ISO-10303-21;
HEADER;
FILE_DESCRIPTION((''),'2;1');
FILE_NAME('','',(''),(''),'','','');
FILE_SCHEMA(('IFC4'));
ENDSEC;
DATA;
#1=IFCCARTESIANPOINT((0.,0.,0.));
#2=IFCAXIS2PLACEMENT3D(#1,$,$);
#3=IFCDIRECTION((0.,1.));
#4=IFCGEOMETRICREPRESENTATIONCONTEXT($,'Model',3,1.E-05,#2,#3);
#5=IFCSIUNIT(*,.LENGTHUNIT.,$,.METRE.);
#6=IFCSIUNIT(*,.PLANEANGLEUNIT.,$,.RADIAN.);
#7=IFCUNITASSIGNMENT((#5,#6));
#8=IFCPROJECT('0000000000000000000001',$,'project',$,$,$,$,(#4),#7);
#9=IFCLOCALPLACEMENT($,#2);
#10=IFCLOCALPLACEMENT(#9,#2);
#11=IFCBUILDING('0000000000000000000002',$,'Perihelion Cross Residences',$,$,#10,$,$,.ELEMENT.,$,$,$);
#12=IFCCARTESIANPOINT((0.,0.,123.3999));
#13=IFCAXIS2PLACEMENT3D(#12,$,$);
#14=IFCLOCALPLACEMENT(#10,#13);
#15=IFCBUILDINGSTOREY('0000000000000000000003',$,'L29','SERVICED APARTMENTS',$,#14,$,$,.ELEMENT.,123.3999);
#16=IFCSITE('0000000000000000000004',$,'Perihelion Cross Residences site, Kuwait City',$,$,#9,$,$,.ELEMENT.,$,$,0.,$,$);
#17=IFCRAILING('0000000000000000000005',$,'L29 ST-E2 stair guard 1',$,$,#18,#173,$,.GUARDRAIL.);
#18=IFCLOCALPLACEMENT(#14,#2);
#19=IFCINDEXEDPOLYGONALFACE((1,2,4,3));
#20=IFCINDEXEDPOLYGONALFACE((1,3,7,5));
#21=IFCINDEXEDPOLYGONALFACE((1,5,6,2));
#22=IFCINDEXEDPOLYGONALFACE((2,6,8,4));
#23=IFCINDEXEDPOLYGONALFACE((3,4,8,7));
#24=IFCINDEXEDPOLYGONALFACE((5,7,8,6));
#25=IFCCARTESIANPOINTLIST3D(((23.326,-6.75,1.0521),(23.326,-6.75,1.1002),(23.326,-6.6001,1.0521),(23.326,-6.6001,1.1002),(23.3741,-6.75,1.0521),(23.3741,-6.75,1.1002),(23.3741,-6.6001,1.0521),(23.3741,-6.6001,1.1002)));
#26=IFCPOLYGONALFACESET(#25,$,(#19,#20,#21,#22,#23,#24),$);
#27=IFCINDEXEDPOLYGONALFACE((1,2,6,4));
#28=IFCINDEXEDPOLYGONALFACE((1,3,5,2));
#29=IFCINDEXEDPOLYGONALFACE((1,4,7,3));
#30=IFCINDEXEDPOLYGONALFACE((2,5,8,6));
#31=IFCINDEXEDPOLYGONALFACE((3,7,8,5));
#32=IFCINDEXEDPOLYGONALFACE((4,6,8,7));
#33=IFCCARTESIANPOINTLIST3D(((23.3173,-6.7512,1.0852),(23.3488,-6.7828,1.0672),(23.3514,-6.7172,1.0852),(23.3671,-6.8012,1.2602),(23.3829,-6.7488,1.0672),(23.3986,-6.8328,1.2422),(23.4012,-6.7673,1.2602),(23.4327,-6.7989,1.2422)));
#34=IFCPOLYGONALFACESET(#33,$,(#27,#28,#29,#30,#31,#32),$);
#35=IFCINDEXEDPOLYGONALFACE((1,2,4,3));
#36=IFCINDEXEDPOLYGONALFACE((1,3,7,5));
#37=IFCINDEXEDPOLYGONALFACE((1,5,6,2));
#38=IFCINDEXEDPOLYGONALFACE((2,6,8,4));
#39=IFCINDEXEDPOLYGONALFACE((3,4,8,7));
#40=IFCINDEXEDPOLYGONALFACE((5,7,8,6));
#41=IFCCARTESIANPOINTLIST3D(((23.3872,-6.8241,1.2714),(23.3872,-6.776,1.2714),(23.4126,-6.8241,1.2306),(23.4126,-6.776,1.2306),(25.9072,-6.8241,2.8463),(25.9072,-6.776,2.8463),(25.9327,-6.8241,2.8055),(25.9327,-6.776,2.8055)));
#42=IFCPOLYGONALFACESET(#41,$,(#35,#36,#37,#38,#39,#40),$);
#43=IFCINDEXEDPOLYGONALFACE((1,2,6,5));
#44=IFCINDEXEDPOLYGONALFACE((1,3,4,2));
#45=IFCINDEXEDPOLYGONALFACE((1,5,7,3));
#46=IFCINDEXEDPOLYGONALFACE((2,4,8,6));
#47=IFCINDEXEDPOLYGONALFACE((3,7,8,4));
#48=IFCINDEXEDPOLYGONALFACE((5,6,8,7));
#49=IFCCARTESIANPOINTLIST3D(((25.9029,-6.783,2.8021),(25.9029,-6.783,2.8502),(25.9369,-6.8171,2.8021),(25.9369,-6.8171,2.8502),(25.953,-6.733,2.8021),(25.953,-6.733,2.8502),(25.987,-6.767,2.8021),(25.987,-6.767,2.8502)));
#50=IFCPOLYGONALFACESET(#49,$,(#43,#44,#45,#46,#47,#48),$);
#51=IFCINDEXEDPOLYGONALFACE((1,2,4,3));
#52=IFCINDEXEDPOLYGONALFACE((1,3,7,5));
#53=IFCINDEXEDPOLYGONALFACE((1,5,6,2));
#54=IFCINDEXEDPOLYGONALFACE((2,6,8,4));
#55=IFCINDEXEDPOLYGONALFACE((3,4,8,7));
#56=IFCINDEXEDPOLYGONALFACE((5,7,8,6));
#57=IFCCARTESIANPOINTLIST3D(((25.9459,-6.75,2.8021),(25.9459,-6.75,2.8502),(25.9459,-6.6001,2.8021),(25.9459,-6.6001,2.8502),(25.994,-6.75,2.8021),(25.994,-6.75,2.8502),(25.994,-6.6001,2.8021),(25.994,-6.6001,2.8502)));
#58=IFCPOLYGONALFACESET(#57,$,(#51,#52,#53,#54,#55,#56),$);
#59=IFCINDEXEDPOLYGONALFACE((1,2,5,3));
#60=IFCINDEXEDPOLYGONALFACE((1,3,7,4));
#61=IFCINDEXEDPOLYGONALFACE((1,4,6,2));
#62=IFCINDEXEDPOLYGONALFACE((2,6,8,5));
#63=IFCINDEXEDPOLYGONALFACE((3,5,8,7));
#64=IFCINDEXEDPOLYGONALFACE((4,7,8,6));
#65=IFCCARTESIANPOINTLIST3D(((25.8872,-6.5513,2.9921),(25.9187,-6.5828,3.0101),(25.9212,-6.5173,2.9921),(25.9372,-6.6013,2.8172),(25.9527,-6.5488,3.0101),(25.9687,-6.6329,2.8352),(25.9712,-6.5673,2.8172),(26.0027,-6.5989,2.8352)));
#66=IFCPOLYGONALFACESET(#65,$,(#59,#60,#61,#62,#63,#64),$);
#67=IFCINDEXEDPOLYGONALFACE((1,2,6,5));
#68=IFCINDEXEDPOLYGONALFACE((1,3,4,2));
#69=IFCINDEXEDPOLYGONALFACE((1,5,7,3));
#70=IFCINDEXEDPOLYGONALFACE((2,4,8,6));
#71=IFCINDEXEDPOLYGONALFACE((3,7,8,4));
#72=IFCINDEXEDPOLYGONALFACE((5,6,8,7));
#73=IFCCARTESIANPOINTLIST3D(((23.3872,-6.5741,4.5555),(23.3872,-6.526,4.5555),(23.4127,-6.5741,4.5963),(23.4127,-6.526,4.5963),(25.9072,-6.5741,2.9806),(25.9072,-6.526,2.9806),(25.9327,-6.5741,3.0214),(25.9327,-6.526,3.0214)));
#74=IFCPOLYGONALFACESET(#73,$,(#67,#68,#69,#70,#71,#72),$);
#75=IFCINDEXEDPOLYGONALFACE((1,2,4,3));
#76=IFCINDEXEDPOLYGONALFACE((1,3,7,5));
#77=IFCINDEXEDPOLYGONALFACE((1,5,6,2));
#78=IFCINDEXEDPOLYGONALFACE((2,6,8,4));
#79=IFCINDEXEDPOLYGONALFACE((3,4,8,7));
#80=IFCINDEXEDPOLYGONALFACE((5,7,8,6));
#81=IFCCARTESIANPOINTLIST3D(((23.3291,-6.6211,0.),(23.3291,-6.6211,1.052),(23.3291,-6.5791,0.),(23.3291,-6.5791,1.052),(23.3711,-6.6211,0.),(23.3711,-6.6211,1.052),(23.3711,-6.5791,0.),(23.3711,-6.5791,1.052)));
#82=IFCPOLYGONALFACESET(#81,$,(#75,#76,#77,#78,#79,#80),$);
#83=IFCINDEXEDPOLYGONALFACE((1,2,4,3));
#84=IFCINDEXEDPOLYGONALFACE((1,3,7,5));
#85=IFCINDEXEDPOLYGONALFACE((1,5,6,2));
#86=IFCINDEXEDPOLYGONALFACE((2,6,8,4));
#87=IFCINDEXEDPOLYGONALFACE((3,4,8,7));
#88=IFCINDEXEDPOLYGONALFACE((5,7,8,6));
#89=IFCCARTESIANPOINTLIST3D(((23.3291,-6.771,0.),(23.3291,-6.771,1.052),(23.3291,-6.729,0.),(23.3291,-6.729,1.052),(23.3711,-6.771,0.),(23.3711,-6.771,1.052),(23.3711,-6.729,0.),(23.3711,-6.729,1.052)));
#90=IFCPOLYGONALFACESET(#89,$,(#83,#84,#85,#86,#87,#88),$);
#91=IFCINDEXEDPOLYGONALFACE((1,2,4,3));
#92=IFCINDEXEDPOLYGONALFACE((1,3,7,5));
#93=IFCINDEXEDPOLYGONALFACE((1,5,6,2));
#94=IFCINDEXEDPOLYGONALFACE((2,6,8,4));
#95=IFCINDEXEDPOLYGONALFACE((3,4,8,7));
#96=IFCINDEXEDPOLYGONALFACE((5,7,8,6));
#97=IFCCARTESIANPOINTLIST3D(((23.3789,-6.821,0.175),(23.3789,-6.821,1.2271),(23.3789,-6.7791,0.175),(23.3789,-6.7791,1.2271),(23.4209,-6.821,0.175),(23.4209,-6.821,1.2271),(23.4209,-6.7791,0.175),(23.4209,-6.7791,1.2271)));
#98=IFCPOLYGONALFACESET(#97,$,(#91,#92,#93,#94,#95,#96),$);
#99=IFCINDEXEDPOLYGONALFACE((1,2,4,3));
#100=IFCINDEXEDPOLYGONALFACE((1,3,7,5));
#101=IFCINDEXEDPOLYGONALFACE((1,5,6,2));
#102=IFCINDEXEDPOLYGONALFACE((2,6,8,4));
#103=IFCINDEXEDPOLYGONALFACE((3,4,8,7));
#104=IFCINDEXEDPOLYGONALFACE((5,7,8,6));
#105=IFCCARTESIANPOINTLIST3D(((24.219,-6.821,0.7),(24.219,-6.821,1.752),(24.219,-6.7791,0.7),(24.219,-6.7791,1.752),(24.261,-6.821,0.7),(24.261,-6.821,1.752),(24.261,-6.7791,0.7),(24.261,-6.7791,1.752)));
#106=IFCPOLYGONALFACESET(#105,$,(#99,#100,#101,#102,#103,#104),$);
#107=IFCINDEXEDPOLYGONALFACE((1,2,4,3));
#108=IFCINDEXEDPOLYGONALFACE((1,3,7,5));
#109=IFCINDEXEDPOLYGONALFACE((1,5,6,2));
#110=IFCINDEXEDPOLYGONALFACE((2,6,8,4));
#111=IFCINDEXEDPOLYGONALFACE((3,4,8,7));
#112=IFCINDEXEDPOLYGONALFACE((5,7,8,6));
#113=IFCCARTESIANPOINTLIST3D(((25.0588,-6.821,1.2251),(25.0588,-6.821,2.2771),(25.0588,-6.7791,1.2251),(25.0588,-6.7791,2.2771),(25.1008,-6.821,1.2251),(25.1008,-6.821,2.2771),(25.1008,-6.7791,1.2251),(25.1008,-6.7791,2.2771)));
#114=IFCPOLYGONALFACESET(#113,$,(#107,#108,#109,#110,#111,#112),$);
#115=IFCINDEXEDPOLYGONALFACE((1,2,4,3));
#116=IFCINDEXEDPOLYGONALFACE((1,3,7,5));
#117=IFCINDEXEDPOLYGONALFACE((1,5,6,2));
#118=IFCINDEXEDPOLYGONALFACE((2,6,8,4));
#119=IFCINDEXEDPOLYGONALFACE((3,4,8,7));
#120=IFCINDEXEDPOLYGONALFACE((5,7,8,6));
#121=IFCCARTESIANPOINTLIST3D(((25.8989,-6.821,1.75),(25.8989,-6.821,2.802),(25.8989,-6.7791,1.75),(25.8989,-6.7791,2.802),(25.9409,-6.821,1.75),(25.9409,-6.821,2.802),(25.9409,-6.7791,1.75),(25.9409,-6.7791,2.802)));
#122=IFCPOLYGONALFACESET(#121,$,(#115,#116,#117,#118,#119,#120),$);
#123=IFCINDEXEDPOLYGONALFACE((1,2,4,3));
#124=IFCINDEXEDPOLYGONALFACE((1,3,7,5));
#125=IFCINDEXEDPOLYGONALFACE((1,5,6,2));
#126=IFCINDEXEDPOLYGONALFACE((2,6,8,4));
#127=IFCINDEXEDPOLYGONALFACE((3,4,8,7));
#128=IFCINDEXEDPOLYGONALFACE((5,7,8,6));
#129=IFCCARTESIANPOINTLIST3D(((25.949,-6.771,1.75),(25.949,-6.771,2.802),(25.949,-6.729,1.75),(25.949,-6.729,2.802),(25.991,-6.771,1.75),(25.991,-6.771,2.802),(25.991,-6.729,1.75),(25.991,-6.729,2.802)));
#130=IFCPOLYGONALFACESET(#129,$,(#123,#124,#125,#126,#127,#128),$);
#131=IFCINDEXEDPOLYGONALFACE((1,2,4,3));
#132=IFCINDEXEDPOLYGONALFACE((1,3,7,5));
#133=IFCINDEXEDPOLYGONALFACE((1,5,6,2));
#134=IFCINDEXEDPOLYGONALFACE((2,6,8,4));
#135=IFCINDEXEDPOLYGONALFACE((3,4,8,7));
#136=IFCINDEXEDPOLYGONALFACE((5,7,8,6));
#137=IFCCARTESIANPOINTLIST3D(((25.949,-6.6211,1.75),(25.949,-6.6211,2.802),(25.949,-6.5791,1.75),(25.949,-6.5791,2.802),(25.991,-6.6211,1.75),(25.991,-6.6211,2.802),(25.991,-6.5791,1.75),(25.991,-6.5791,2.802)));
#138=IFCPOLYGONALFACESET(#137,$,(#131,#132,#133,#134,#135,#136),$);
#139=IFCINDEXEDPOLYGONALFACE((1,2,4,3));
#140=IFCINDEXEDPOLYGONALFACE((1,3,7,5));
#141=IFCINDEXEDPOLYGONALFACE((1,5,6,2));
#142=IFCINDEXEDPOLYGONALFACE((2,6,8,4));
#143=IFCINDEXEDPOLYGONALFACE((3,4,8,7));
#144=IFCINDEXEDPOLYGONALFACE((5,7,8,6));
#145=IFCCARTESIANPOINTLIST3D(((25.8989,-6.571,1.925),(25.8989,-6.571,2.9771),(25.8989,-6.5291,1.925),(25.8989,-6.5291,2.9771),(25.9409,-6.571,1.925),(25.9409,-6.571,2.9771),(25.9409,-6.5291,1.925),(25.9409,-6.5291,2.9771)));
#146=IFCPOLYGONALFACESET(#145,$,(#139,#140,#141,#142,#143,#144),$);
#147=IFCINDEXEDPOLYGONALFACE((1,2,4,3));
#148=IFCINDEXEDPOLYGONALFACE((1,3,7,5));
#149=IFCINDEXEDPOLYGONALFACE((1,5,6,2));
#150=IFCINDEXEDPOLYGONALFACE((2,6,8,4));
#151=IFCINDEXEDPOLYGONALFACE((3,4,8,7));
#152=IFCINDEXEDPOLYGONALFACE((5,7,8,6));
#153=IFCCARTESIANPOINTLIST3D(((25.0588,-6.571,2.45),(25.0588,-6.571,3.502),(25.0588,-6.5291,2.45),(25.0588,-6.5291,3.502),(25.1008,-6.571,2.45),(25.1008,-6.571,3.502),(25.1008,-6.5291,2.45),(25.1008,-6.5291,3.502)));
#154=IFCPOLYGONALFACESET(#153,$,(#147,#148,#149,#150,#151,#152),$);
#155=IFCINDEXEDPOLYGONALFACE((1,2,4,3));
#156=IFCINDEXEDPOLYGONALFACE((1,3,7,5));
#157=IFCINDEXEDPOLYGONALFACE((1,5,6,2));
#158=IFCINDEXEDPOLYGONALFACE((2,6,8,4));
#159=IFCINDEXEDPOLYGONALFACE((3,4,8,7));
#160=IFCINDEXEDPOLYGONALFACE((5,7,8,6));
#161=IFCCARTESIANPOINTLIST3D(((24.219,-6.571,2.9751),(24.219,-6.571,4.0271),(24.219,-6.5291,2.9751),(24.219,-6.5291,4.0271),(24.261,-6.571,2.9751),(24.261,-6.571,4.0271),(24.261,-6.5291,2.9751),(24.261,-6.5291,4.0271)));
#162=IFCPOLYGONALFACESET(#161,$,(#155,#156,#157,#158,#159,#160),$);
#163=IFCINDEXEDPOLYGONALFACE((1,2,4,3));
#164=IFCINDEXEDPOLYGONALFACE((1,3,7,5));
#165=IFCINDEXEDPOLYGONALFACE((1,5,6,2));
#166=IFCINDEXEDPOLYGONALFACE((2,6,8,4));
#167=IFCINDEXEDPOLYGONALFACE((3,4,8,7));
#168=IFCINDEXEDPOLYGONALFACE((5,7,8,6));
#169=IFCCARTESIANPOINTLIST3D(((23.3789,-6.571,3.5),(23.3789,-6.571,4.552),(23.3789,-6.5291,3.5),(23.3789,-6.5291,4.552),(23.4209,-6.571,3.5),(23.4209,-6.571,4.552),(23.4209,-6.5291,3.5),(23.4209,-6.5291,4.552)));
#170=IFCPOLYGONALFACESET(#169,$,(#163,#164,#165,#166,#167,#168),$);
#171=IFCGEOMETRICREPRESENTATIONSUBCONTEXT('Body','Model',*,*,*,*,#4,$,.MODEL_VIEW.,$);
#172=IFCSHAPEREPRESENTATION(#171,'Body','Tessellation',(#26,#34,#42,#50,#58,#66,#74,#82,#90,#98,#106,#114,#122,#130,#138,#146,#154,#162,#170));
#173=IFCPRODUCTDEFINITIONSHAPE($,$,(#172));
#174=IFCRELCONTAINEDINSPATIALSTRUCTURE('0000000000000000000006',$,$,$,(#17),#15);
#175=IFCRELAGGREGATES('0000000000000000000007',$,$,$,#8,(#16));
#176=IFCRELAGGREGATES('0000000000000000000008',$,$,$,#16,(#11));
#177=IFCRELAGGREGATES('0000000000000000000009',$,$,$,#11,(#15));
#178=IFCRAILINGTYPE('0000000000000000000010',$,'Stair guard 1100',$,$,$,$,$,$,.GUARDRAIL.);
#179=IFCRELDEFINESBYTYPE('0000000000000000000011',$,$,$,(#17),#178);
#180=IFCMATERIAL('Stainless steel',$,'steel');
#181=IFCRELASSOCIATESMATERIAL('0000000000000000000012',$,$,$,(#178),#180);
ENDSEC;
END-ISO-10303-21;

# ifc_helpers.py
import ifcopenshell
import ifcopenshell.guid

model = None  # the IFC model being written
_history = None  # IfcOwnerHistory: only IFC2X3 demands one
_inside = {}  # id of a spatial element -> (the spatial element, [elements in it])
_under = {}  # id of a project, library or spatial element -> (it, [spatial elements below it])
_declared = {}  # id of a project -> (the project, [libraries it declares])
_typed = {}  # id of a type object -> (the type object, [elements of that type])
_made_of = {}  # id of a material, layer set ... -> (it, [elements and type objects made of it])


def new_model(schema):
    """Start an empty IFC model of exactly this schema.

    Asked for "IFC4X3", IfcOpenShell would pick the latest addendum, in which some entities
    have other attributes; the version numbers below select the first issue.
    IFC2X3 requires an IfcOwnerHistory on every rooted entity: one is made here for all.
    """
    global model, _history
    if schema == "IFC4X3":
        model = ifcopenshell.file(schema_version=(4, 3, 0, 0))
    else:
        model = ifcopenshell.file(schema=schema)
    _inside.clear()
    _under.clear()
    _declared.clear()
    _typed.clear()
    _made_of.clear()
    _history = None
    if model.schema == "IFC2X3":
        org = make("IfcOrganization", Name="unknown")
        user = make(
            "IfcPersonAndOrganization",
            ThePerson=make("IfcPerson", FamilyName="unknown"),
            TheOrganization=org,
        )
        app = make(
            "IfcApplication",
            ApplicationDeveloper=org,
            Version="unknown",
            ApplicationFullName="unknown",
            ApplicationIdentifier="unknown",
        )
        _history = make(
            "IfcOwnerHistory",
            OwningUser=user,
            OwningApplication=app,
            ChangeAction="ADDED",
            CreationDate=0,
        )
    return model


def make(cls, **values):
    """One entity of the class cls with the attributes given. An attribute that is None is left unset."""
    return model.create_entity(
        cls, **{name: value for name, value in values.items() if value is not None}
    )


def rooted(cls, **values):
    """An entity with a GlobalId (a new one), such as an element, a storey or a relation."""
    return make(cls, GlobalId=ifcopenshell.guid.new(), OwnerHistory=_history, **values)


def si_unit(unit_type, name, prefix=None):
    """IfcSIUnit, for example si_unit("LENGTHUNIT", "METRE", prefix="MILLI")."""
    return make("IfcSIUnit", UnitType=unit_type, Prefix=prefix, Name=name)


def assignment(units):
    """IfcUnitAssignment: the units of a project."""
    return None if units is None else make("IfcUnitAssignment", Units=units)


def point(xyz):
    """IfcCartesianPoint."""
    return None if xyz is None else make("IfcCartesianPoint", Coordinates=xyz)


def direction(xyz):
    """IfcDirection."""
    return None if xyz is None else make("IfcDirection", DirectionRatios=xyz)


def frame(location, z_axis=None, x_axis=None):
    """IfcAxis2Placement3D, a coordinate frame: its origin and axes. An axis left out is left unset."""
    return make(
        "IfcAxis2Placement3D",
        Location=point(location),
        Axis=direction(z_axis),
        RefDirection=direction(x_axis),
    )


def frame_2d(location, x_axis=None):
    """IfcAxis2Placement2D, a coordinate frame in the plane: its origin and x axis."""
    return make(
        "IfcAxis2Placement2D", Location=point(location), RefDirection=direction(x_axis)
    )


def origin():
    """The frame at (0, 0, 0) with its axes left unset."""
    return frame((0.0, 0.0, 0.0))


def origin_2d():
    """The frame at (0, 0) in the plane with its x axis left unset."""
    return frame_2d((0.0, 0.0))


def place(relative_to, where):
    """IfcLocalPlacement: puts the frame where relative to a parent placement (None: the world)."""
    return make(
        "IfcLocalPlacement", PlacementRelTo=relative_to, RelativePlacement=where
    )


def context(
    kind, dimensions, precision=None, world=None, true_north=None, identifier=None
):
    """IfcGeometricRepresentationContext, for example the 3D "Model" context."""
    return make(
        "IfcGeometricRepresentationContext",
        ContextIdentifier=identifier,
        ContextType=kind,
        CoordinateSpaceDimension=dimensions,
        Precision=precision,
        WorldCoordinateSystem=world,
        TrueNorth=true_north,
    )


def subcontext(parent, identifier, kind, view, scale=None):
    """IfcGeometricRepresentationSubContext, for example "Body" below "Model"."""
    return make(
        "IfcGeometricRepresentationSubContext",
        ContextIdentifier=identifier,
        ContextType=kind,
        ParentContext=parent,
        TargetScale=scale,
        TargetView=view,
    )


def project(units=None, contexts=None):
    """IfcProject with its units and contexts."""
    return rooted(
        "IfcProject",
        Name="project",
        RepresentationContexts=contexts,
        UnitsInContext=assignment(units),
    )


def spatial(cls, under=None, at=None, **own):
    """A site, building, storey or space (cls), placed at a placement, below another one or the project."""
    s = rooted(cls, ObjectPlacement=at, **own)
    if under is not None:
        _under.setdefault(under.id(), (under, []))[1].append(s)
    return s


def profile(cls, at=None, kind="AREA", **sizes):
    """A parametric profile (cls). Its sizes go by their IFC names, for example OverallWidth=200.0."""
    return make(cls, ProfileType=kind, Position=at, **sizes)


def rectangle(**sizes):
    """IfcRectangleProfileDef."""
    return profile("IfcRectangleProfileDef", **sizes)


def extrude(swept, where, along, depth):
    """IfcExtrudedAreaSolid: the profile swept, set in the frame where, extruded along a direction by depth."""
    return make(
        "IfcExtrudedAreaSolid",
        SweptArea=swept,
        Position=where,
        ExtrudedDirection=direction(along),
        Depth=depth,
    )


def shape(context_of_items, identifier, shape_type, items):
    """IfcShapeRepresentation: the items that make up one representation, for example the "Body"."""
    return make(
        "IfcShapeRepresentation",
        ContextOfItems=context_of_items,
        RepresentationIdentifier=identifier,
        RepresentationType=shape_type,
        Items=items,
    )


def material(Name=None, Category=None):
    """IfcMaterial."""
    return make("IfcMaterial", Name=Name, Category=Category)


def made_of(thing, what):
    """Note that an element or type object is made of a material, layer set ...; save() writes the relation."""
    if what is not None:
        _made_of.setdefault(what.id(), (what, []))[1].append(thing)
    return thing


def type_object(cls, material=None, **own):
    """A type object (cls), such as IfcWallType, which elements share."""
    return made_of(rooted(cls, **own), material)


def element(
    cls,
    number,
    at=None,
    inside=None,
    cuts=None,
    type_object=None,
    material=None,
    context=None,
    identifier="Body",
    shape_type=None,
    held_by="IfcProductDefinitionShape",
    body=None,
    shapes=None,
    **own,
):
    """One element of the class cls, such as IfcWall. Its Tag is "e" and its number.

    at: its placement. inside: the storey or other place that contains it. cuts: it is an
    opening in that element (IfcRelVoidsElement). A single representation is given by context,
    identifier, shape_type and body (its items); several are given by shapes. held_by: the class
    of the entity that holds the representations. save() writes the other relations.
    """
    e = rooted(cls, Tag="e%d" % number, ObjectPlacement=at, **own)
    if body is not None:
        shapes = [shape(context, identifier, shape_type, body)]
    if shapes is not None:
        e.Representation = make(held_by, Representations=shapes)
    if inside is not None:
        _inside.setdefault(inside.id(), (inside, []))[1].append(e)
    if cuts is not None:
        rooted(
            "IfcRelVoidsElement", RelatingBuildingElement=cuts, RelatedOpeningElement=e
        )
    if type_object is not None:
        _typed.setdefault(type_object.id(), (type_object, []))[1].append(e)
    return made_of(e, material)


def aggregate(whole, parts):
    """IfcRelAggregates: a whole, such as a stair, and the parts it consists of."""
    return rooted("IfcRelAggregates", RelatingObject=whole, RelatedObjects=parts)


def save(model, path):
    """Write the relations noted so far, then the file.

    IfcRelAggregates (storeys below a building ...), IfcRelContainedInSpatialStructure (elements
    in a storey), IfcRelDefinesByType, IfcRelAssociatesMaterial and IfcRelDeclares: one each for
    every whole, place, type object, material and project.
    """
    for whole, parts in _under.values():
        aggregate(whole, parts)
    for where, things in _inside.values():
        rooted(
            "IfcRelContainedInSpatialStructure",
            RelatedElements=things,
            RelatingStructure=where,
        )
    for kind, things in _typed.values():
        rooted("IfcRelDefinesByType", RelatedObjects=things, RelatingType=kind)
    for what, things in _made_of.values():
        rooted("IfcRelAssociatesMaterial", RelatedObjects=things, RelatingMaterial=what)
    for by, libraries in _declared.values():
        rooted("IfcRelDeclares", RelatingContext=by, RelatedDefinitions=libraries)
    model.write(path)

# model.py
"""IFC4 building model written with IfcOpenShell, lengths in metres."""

from ifc_helpers import new_model, si_unit, direction, frame, origin, origin_2d, place, context, subcontext, project, spatial, rectangle, extrude, material, type_object, element, save


model = new_model("IFC4")

# Units and contexts
model_context = context("Model", 3, precision=1e-05, world=origin(), true_north=direction((0.0, 1.0)))
body_context = subcontext(model_context, "Body", "Model", "MODEL_VIEW")
ifc_project = project(units=[si_unit("LENGTHUNIT", "METRE"), si_unit("PLANEANGLEUNIT", "RADIAN")], contexts=[model_context])

# Site, building, storey
site_placement = place(None, origin())
site = spatial("IfcSite", under=ifc_project, at=site_placement, Name="Perihelion Cross Residences site, Kuwait City", CompositionType="ELEMENT", RefElevation=0.0)
building_placement = place(site_placement, origin())
building = spatial("IfcBuilding", under=site, at=building_placement, Name="Perihelion Cross Residences", CompositionType="ELEMENT")
storey_placement = place(building_placement, frame((0.0, 0.0, 123.3999)))
storey = spatial("IfcBuildingStorey", under=building, at=storey_placement, Name="L29", Description="SERVICED APARTMENTS", CompositionType="ELEMENT", Elevation=123.3999)

# Railing
ifc_material_1 = material(Name="Stainless steel", Category="steel")
railing_type_1 = type_object("IfcRailingType", Name="Stair guard 1100", PredefinedType="GUARDRAIL", material=ifc_material_1)
railing_1_placement = place(storey_placement, frame((23.3501, -6.6001, 0.0)))
element("IfcRailing", 1, at=railing_1_placement, inside=storey, type_object=railing_type_1, Name="L29 ST-E2 stair guard 1", PredefinedType="GUARDRAIL", context=body_context, shape_type="SweptSolid", body=[
    extrude(rectangle(XDim=0.0481, YDim=0.0481, at=origin_2d()), frame((0.0, 0.0, 1.0762), z_axis=(0.0, -1.0, 0.0), x_axis=(1.0, 0.0, 0.0)), (0.0, 0.0, 1.0), 0.1499),
    extrude(rectangle(XDim=0.0481, YDim=0.0481, at=origin_2d()), frame((0.0, -0.1499, 1.0762), z_axis=(0.263862, -0.265156, 0.927399), x_axis=(0.708834, 0.705376, 0.0)), (0.0, 0.0, 1.0), 0.1887),
    extrude(rectangle(XDim=0.0481, YDim=0.0481, at=origin_2d()), frame((0.0498, -0.2, 1.251), z_axis=(0.848008, 0.0, 0.529984), x_axis=(0.0, 1.0, 0.0)), (0.0, 0.0, 1.0), 2.9717),
    extrude(rectangle(XDim=0.0481, YDim=0.0481, at=origin_2d()), frame((2.5698, -0.2, 2.8262), z_axis=(0.707107, 0.707107, 0.0), x_axis=(-0.707107, 0.707107, 0.0)), (0.0, 0.0, 1.0), 0.0708),
    extrude(rectangle(XDim=0.0481, YDim=0.0481, at=origin_2d()), frame((2.6199, -0.1499, 2.8262), z_axis=(0.0, 1.0, 0.0), x_axis=(-1.0, 0.0, 0.0)), (0.0, 0.0, 1.0), 0.1499),
    extrude(rectangle(XDim=0.0481, YDim=0.0481, at=origin_2d()), frame((2.6199, 0.0, 2.8262), z_axis=(-0.265065, 0.265065, 0.927082), x_axis=(-0.707107, -0.707107, 0.0)), (0.0, 0.0, 1.0), 0.1887),
    extrude(rectangle(XDim=0.0481, YDim=0.0481, at=origin_2d()), frame((2.5698, 0.05, 3.001), z_axis=(-0.848008, 0.0, 0.529984), x_axis=(0.0, -1.0, 0.0)), (0.0, 0.0, 1.0), 2.9717),
    extrude(rectangle(XDim=0.042, YDim=0.042, at=origin_2d()), origin(), (0.0, 0.0, 1.0), 1.052),
    extrude(rectangle(XDim=0.042, YDim=0.042, at=origin_2d()), frame((0.0, -0.1499, 0.0)), (0.0, 0.0, 1.0), 1.052),
    extrude(rectangle(XDim=0.042, YDim=0.042, at=origin_2d()), frame((0.0498, -0.2, 0.175)), (0.0, 0.0, 1.0), 1.052),
    extrude(rectangle(XDim=0.042, YDim=0.042, at=origin_2d()), frame((0.8899, -0.2, 0.7)), (0.0, 0.0, 1.0), 1.052),
    extrude(rectangle(XDim=0.042, YDim=0.042, at=origin_2d()), frame((1.7297, -0.2, 1.2251)), (0.0, 0.0, 1.0), 1.052),
    extrude(rectangle(XDim=0.042, YDim=0.042, at=origin_2d()), frame((2.5698, -0.2, 1.75)), (0.0, 0.0, 1.0), 1.052),
    extrude(rectangle(XDim=0.042, YDim=0.042, at=origin_2d()), frame((2.6199, -0.1499, 1.75)), (0.0, 0.0, 1.0), 1.052),
    extrude(rectangle(XDim=0.042, YDim=0.042, at=origin_2d()), frame((2.6199, 0.0, 1.75)), (0.0, 0.0, 1.0), 1.052),
    extrude(rectangle(XDim=0.042, YDim=0.042, at=origin_2d()), frame((2.5698, 0.05, 1.925)), (0.0, 0.0, 1.0), 1.052),
    extrude(rectangle(XDim=0.042, YDim=0.042, at=origin_2d()), frame((1.7297, 0.05, 2.45)), (0.0, 0.0, 1.0), 1.052),
    extrude(rectangle(XDim=0.042, YDim=0.042, at=origin_2d()), frame((0.8899, 0.05, 2.9751)), (0.0, 0.0, 1.0), 1.052),
    extrude(rectangle(XDim=0.042, YDim=0.042, at=origin_2d()), frame((0.0498, 0.05, 3.5)), (0.0, 0.0, 1.0), 1.052),
])

save(model, "model.ifc")
